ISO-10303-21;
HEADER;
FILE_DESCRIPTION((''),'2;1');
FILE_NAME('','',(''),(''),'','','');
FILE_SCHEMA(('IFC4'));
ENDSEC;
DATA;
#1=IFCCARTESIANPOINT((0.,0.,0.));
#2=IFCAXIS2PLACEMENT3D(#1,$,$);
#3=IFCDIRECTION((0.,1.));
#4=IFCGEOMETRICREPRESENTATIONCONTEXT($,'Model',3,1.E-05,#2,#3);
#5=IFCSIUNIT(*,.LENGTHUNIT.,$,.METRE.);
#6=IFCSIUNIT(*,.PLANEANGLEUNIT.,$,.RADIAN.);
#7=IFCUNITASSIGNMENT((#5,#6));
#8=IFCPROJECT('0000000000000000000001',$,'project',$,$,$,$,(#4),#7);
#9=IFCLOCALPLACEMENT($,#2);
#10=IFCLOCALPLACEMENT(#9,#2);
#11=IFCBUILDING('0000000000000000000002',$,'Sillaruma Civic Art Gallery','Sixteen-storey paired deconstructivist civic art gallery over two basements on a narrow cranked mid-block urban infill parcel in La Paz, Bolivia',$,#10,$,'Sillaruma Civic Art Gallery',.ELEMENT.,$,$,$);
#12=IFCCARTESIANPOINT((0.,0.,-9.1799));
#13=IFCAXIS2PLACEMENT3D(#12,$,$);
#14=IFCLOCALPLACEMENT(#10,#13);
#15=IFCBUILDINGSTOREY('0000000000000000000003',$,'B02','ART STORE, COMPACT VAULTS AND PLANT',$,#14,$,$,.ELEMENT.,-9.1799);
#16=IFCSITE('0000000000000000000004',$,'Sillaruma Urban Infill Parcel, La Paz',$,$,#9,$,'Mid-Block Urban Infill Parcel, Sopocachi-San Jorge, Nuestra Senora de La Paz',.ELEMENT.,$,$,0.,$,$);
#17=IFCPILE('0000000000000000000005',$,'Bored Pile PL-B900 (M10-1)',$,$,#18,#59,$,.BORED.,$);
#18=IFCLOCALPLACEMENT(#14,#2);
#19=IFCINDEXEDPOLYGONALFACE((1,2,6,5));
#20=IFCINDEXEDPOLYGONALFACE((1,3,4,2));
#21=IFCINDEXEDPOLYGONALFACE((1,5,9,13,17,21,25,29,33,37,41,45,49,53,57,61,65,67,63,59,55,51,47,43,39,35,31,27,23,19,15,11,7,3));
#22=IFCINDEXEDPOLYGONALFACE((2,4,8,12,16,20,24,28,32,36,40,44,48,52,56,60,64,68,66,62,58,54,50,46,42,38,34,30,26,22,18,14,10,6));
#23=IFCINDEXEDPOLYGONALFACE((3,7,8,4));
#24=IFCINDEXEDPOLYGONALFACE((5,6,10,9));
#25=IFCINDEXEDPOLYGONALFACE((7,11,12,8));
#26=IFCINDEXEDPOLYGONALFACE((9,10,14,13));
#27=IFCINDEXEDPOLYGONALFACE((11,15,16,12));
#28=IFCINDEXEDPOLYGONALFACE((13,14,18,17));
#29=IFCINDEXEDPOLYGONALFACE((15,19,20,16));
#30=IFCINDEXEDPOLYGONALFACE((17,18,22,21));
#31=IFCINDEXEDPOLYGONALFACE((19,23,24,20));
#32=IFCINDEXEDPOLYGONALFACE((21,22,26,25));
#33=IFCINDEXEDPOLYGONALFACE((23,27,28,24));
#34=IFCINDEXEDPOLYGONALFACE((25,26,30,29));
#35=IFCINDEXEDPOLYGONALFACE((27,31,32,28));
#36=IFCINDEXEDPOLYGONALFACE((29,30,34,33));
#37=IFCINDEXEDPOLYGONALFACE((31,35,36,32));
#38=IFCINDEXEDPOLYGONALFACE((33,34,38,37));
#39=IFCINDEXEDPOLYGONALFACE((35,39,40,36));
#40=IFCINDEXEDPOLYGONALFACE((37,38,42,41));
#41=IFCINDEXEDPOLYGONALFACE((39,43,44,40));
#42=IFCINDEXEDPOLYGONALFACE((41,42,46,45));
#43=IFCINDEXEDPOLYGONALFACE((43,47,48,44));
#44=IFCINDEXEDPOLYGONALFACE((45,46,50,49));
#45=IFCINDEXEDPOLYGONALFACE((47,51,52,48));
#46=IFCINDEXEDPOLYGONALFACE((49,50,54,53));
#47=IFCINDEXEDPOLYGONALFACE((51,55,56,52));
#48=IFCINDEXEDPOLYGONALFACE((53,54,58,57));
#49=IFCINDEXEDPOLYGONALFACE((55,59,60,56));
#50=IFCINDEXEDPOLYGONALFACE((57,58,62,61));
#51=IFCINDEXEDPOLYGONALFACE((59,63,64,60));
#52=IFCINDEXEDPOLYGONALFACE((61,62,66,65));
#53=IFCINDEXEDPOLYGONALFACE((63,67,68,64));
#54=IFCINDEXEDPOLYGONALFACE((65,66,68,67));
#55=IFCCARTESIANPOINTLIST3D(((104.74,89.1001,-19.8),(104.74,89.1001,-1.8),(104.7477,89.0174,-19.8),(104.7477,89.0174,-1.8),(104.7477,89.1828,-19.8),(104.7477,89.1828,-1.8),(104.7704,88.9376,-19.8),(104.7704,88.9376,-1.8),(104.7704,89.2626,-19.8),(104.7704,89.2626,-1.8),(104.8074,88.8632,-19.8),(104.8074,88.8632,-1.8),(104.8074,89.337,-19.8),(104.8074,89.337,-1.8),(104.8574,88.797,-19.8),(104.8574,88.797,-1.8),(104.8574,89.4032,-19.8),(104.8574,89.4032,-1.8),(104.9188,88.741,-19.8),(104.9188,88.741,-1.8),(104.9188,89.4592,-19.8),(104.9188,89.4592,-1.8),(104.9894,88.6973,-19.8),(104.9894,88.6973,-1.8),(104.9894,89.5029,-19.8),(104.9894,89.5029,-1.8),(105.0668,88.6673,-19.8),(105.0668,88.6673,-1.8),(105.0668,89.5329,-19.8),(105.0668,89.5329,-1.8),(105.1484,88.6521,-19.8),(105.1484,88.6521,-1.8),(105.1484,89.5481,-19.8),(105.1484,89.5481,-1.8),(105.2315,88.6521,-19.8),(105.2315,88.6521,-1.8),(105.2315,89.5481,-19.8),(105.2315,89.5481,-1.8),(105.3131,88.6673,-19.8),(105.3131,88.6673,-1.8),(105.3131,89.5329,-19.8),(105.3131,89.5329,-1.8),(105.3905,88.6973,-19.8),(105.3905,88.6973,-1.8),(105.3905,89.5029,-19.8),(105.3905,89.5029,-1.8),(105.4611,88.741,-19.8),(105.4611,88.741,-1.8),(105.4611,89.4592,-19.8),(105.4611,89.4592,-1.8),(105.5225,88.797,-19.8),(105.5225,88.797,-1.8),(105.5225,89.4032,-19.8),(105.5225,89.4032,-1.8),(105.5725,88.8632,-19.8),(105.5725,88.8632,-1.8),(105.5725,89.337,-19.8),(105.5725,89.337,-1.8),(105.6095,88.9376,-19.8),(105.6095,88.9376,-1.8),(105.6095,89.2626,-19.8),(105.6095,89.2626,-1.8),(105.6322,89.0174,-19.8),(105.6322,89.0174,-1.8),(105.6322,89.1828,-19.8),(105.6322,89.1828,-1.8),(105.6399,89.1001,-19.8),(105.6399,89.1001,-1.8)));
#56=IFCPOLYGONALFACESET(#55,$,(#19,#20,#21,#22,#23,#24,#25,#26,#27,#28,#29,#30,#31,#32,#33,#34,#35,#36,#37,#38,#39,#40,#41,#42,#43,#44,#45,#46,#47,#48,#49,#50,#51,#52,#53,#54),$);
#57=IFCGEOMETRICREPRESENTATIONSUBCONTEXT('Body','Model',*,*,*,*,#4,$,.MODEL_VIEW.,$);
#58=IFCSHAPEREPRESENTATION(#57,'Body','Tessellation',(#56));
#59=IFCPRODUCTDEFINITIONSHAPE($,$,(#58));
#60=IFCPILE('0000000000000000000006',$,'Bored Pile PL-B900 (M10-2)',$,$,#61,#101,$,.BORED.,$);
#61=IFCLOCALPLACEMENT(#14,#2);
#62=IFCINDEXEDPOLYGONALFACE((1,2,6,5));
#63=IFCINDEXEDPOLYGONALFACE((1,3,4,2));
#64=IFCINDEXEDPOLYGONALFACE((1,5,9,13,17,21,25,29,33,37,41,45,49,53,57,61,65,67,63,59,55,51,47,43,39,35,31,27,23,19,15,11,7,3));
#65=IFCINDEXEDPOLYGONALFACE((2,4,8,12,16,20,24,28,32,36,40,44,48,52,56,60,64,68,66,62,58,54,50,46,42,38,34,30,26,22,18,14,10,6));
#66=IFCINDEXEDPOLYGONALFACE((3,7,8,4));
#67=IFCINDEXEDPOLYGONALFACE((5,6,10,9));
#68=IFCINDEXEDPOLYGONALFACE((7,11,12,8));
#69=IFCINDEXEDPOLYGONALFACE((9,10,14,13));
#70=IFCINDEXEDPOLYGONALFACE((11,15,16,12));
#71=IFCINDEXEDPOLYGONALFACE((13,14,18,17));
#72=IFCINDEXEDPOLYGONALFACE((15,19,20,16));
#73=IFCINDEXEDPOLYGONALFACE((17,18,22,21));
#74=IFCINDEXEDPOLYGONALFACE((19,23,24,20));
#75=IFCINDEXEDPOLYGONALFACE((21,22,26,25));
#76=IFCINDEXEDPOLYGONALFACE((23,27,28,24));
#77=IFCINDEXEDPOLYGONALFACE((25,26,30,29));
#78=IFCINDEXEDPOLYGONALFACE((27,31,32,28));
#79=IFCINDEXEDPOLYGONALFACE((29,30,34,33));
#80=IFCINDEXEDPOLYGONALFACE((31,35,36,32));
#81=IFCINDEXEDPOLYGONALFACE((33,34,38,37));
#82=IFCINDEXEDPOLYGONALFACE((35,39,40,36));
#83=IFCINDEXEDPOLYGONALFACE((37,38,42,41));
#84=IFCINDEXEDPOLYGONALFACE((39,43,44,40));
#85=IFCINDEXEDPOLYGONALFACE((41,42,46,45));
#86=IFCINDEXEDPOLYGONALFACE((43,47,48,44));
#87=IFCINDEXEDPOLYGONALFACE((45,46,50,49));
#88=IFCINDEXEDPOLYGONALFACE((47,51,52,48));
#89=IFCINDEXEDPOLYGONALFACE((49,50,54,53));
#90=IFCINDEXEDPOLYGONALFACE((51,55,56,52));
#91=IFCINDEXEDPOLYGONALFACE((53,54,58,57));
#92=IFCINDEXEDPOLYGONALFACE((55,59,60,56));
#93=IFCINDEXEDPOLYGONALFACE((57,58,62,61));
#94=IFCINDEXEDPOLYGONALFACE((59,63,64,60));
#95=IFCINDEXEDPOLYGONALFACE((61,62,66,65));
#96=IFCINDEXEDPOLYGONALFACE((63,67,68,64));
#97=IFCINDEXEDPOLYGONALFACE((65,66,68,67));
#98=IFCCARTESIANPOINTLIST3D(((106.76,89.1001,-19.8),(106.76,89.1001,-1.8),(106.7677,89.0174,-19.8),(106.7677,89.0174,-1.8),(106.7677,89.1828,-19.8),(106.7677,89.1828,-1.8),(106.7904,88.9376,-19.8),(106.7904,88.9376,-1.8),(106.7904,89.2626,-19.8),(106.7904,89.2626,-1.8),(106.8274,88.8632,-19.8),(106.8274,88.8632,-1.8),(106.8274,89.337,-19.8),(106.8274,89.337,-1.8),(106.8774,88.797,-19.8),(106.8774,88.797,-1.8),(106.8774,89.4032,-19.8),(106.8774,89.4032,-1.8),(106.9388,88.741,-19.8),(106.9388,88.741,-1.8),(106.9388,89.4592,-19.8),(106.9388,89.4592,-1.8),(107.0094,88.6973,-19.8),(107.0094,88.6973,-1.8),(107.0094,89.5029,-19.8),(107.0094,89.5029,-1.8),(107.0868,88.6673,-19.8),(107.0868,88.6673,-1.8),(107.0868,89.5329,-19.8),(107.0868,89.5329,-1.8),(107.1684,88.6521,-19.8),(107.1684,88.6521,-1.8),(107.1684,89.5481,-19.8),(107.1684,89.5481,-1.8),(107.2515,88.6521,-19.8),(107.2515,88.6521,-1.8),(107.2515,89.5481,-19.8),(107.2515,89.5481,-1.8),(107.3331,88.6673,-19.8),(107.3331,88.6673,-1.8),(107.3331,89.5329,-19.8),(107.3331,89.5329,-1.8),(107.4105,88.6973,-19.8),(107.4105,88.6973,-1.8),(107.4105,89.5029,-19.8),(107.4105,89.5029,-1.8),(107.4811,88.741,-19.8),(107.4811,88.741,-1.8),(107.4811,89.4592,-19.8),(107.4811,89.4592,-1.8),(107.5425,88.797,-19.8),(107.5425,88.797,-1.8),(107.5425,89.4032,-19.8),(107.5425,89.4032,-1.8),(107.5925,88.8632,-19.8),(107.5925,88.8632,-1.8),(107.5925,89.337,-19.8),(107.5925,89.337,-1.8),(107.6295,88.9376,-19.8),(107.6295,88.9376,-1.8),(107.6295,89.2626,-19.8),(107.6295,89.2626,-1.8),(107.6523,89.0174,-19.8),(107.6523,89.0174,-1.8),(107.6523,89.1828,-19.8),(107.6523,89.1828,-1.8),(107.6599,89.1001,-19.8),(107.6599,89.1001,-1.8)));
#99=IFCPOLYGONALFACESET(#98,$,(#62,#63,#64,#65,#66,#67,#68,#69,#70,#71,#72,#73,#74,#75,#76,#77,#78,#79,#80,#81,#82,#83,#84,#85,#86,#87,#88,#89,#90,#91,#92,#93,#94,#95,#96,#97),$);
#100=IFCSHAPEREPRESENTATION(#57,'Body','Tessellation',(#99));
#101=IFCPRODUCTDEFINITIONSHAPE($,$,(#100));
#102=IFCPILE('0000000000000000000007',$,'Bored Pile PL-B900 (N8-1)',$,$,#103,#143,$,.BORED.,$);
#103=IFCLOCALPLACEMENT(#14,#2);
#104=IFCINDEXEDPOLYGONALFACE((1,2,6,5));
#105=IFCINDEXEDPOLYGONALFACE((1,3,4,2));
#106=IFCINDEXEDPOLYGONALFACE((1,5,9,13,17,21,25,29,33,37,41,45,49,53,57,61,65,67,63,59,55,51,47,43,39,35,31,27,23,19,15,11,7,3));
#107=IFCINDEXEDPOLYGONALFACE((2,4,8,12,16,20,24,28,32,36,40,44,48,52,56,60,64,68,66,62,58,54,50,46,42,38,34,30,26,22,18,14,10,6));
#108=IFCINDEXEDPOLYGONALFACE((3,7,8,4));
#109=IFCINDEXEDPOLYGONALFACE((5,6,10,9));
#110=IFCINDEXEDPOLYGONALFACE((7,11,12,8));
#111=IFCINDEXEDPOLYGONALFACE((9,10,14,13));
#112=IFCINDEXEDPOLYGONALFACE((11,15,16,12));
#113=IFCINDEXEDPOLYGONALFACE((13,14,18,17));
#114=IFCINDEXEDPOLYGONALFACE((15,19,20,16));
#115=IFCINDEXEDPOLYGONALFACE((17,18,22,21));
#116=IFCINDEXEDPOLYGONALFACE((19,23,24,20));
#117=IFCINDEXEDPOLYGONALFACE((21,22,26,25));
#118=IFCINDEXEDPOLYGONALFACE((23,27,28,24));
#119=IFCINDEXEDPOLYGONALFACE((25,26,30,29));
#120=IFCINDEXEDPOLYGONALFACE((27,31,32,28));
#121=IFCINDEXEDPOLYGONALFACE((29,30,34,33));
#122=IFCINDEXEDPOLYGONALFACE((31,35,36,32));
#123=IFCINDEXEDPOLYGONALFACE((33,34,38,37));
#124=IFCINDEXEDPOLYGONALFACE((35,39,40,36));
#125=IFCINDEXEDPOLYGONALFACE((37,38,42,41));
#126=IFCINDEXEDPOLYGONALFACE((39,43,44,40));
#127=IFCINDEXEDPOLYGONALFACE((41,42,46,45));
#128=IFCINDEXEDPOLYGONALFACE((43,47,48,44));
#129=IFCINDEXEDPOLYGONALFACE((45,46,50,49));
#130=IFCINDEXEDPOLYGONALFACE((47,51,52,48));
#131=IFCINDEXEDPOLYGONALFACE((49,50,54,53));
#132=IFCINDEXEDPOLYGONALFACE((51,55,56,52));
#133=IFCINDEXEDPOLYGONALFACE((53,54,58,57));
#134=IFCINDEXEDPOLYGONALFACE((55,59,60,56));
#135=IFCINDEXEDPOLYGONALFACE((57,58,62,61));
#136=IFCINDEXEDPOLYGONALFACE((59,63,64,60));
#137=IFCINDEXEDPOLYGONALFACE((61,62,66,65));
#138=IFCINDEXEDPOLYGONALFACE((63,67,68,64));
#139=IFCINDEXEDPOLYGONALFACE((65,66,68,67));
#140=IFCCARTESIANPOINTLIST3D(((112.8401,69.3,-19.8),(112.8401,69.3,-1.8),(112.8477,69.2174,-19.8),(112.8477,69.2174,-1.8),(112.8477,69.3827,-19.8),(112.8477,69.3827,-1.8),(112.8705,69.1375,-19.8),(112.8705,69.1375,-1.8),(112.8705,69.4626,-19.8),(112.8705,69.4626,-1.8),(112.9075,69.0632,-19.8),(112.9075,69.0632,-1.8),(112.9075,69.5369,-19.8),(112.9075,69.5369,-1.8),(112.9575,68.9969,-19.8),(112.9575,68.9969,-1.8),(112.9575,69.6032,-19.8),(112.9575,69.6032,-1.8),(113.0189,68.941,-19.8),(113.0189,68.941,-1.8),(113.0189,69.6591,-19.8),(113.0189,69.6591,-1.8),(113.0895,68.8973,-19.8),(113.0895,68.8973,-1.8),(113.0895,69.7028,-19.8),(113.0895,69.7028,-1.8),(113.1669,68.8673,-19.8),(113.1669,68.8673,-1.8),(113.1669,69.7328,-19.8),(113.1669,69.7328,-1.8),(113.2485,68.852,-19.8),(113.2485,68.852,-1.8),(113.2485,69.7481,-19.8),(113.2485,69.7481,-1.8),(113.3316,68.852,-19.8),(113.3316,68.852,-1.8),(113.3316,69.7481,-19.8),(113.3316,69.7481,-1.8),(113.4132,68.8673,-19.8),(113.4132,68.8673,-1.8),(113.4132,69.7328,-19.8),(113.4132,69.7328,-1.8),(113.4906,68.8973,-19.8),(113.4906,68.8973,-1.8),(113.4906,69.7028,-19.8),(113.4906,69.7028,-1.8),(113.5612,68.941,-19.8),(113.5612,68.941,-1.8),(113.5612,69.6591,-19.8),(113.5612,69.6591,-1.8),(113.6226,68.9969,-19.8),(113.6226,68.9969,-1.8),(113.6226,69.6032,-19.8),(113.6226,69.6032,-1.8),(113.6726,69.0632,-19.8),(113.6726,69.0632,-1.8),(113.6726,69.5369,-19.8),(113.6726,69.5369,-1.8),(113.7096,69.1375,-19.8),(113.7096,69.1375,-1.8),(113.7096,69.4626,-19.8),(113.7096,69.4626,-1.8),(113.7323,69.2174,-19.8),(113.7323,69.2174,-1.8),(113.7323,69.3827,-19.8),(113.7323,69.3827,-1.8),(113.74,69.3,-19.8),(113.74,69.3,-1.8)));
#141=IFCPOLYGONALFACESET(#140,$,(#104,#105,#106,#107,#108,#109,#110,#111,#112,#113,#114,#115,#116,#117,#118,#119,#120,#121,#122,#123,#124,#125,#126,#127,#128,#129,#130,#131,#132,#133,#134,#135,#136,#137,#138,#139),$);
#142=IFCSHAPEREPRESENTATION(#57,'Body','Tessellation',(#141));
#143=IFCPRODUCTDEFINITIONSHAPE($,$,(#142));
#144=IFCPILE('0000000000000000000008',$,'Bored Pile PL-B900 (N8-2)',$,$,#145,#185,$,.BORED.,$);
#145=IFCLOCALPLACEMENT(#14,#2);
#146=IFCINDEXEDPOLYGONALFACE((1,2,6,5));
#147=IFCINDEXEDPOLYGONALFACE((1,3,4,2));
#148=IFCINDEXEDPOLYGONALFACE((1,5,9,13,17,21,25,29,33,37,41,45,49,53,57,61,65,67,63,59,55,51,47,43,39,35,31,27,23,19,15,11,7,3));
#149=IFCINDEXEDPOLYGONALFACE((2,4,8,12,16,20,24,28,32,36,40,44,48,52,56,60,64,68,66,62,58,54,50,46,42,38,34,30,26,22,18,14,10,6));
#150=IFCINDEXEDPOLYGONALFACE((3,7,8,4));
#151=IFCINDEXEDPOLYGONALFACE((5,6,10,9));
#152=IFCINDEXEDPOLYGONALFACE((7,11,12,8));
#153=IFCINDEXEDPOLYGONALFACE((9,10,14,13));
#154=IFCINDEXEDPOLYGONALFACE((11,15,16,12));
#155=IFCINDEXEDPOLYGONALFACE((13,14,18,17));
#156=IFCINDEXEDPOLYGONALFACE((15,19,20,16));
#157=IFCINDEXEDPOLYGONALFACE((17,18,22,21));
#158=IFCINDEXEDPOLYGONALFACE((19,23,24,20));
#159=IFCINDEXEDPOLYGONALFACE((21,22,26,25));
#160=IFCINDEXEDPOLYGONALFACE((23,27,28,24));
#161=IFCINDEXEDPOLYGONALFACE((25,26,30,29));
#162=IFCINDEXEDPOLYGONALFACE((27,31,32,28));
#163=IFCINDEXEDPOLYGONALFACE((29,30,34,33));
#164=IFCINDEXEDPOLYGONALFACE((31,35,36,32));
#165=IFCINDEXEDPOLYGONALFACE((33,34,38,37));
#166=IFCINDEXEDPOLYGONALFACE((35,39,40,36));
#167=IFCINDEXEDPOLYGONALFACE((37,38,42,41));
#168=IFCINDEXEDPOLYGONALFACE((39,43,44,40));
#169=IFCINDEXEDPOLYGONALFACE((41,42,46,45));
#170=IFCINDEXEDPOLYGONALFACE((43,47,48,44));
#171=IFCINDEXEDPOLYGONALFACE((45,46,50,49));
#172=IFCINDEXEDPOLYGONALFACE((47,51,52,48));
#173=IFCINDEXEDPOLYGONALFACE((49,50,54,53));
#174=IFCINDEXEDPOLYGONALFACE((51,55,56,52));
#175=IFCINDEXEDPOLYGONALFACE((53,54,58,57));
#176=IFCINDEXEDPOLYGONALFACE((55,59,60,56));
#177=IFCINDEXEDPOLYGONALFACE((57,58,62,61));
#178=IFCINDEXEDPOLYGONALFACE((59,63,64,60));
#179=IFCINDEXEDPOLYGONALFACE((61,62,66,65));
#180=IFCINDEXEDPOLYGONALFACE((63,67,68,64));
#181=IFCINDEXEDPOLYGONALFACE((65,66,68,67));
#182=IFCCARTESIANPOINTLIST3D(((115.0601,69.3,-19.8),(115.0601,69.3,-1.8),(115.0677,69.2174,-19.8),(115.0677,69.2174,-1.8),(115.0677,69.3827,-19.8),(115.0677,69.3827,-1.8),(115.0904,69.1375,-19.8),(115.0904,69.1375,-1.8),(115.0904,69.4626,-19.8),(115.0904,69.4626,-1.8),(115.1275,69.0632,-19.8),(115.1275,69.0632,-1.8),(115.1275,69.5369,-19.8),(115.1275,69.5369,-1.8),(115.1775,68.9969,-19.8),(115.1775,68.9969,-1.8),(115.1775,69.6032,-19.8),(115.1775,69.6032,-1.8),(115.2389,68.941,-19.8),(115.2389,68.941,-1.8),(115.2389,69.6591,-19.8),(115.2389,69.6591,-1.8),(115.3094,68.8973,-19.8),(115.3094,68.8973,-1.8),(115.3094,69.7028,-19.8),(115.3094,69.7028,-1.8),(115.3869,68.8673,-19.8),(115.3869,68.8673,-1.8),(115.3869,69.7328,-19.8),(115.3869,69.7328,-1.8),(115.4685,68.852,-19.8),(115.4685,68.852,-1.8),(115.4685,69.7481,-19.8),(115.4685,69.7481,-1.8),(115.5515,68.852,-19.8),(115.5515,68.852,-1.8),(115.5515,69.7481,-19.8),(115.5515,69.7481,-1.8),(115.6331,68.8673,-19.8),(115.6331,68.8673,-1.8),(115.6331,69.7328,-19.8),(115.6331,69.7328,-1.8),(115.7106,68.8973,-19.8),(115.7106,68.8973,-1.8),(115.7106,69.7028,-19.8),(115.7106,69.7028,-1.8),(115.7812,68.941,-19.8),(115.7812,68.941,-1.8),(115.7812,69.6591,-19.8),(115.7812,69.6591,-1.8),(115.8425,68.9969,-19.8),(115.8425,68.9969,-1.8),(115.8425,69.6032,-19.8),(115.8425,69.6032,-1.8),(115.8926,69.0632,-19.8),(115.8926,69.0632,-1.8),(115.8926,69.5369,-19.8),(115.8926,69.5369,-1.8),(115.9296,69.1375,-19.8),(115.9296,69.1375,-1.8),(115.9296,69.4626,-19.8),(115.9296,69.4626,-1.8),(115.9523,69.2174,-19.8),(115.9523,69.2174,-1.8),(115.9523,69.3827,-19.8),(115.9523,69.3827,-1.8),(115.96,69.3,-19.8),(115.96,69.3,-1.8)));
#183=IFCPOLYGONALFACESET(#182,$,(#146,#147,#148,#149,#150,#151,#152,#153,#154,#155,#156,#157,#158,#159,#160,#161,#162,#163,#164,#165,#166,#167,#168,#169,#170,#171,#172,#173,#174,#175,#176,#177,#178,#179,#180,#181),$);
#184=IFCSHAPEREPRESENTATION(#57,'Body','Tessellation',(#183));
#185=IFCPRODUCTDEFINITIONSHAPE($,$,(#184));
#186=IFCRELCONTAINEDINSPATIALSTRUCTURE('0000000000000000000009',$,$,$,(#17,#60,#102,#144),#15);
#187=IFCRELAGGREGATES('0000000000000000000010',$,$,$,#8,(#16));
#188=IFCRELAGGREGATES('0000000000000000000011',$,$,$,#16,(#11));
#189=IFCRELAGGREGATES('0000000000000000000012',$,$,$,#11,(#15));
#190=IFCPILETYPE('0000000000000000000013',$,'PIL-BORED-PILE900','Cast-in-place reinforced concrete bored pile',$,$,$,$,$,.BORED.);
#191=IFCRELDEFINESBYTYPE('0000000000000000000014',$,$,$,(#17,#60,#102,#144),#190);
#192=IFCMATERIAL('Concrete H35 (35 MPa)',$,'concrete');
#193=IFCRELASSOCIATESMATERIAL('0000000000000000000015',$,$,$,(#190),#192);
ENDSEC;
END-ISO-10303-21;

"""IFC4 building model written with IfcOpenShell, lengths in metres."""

from ifc_helpers import new_model, si_unit, direction, frame, origin, origin_2d, place, context, subcontext, project, spatial, circle, extrude, material, material_profile, profile_set, type_object, element, save


model = new_model("IFC4")

# Units and contexts
model_context = context("Model", 3, precision=1e-05, world=origin(), true_north=direction((0.0, 1.0)))
body_context = subcontext(model_context, "Body", "Model", "MODEL_VIEW")
ifc_project = project(units=[si_unit("LENGTHUNIT", "METRE"), si_unit("PLANEANGLEUNIT", "RADIAN")], contexts=[model_context])

# Site, building, storey
site_placement = place(None, origin())
site = spatial("IfcSite", under=ifc_project, at=site_placement, Name="Sillaruma Urban Infill Parcel, La Paz", LongName="Mid-Block Urban Infill Parcel, Sopocachi-San Jorge, Nuestra Senora de La Paz", CompositionType="ELEMENT", RefElevation=0.0)
building_placement = place(site_placement, origin())
building = spatial("IfcBuilding", under=site, at=building_placement, Name="Sillaruma Civic Art Gallery", Description="Sixteen-storey paired deconstructivist civic art gallery over two basements on a narrow cranked mid-block urban infill parcel in La Paz, Bolivia", LongName="Sillaruma Civic Art Gallery", CompositionType="ELEMENT")
storey_placement = place(building_placement, frame((0.0, 0.0, -9.1799)))
storey = spatial("IfcBuildingStorey", under=building, at=storey_placement, Name="B02", Description="ART STORE, COMPACT VAULTS AND PLANT", CompositionType="ELEMENT", Elevation=-9.1799)

# Shared definitions
ifc_material_1 = material(Name="Concrete H35 (35 MPa)", Category="concrete")

# Piles
ifc_material_profile_1 = material_profile(ifc_material_1, circle(Radius=0.45, at=origin_2d()), Name="PILE900")
ifc_profile_set_1 = profile_set([ifc_material_profile_1], Name="Concrete H35 (35 MPa)")
pile_type_1 = type_object("IfcPileType", Name="PIL-BORED-PILE900", Description="Cast-in-place reinforced concrete bored pile", PredefinedType="BORED", material=ifc_profile_set_1)
for number, where, z_axis, x_axis, name in (
    (1, (105.1899, 89.1001, -1.8), (0.0, 0.0, -1.0), (1.0, 0.0, 0.0), "Bored Pile PL-B900 (M10-1)"),
    (2, (107.21, 89.1001, -1.8), (0.0, 0.0, -1.0), (1.0, 0.0, 0.0), "Bored Pile PL-B900 (M10-2)"),
    (3, (113.29, 69.3, -1.8), (0.0, 0.0, -1.0), (1.0, 0.0, 0.0), "Bored Pile PL-B900 (N8-1)"),
    (4, (115.51, 69.3, -1.8), (0.0, 0.0, -1.0), (1.0, 0.0, 0.0), "Bored Pile PL-B900 (N8-2)"),
):
    element("IfcPile", number, at=place(storey_placement, frame(where, z_axis=z_axis, x_axis=x_axis)), inside=storey, type_object=pile_type_1, Name=name, PredefinedType="BORED", context=body_context, shape_type="SweptSolid", body=[
        extrude(circle(Radius=0.45, at=origin_2d()), origin(), (0.0, 0.0, 1.0), 18.0),
    ])

save(model, "model.ifc")
